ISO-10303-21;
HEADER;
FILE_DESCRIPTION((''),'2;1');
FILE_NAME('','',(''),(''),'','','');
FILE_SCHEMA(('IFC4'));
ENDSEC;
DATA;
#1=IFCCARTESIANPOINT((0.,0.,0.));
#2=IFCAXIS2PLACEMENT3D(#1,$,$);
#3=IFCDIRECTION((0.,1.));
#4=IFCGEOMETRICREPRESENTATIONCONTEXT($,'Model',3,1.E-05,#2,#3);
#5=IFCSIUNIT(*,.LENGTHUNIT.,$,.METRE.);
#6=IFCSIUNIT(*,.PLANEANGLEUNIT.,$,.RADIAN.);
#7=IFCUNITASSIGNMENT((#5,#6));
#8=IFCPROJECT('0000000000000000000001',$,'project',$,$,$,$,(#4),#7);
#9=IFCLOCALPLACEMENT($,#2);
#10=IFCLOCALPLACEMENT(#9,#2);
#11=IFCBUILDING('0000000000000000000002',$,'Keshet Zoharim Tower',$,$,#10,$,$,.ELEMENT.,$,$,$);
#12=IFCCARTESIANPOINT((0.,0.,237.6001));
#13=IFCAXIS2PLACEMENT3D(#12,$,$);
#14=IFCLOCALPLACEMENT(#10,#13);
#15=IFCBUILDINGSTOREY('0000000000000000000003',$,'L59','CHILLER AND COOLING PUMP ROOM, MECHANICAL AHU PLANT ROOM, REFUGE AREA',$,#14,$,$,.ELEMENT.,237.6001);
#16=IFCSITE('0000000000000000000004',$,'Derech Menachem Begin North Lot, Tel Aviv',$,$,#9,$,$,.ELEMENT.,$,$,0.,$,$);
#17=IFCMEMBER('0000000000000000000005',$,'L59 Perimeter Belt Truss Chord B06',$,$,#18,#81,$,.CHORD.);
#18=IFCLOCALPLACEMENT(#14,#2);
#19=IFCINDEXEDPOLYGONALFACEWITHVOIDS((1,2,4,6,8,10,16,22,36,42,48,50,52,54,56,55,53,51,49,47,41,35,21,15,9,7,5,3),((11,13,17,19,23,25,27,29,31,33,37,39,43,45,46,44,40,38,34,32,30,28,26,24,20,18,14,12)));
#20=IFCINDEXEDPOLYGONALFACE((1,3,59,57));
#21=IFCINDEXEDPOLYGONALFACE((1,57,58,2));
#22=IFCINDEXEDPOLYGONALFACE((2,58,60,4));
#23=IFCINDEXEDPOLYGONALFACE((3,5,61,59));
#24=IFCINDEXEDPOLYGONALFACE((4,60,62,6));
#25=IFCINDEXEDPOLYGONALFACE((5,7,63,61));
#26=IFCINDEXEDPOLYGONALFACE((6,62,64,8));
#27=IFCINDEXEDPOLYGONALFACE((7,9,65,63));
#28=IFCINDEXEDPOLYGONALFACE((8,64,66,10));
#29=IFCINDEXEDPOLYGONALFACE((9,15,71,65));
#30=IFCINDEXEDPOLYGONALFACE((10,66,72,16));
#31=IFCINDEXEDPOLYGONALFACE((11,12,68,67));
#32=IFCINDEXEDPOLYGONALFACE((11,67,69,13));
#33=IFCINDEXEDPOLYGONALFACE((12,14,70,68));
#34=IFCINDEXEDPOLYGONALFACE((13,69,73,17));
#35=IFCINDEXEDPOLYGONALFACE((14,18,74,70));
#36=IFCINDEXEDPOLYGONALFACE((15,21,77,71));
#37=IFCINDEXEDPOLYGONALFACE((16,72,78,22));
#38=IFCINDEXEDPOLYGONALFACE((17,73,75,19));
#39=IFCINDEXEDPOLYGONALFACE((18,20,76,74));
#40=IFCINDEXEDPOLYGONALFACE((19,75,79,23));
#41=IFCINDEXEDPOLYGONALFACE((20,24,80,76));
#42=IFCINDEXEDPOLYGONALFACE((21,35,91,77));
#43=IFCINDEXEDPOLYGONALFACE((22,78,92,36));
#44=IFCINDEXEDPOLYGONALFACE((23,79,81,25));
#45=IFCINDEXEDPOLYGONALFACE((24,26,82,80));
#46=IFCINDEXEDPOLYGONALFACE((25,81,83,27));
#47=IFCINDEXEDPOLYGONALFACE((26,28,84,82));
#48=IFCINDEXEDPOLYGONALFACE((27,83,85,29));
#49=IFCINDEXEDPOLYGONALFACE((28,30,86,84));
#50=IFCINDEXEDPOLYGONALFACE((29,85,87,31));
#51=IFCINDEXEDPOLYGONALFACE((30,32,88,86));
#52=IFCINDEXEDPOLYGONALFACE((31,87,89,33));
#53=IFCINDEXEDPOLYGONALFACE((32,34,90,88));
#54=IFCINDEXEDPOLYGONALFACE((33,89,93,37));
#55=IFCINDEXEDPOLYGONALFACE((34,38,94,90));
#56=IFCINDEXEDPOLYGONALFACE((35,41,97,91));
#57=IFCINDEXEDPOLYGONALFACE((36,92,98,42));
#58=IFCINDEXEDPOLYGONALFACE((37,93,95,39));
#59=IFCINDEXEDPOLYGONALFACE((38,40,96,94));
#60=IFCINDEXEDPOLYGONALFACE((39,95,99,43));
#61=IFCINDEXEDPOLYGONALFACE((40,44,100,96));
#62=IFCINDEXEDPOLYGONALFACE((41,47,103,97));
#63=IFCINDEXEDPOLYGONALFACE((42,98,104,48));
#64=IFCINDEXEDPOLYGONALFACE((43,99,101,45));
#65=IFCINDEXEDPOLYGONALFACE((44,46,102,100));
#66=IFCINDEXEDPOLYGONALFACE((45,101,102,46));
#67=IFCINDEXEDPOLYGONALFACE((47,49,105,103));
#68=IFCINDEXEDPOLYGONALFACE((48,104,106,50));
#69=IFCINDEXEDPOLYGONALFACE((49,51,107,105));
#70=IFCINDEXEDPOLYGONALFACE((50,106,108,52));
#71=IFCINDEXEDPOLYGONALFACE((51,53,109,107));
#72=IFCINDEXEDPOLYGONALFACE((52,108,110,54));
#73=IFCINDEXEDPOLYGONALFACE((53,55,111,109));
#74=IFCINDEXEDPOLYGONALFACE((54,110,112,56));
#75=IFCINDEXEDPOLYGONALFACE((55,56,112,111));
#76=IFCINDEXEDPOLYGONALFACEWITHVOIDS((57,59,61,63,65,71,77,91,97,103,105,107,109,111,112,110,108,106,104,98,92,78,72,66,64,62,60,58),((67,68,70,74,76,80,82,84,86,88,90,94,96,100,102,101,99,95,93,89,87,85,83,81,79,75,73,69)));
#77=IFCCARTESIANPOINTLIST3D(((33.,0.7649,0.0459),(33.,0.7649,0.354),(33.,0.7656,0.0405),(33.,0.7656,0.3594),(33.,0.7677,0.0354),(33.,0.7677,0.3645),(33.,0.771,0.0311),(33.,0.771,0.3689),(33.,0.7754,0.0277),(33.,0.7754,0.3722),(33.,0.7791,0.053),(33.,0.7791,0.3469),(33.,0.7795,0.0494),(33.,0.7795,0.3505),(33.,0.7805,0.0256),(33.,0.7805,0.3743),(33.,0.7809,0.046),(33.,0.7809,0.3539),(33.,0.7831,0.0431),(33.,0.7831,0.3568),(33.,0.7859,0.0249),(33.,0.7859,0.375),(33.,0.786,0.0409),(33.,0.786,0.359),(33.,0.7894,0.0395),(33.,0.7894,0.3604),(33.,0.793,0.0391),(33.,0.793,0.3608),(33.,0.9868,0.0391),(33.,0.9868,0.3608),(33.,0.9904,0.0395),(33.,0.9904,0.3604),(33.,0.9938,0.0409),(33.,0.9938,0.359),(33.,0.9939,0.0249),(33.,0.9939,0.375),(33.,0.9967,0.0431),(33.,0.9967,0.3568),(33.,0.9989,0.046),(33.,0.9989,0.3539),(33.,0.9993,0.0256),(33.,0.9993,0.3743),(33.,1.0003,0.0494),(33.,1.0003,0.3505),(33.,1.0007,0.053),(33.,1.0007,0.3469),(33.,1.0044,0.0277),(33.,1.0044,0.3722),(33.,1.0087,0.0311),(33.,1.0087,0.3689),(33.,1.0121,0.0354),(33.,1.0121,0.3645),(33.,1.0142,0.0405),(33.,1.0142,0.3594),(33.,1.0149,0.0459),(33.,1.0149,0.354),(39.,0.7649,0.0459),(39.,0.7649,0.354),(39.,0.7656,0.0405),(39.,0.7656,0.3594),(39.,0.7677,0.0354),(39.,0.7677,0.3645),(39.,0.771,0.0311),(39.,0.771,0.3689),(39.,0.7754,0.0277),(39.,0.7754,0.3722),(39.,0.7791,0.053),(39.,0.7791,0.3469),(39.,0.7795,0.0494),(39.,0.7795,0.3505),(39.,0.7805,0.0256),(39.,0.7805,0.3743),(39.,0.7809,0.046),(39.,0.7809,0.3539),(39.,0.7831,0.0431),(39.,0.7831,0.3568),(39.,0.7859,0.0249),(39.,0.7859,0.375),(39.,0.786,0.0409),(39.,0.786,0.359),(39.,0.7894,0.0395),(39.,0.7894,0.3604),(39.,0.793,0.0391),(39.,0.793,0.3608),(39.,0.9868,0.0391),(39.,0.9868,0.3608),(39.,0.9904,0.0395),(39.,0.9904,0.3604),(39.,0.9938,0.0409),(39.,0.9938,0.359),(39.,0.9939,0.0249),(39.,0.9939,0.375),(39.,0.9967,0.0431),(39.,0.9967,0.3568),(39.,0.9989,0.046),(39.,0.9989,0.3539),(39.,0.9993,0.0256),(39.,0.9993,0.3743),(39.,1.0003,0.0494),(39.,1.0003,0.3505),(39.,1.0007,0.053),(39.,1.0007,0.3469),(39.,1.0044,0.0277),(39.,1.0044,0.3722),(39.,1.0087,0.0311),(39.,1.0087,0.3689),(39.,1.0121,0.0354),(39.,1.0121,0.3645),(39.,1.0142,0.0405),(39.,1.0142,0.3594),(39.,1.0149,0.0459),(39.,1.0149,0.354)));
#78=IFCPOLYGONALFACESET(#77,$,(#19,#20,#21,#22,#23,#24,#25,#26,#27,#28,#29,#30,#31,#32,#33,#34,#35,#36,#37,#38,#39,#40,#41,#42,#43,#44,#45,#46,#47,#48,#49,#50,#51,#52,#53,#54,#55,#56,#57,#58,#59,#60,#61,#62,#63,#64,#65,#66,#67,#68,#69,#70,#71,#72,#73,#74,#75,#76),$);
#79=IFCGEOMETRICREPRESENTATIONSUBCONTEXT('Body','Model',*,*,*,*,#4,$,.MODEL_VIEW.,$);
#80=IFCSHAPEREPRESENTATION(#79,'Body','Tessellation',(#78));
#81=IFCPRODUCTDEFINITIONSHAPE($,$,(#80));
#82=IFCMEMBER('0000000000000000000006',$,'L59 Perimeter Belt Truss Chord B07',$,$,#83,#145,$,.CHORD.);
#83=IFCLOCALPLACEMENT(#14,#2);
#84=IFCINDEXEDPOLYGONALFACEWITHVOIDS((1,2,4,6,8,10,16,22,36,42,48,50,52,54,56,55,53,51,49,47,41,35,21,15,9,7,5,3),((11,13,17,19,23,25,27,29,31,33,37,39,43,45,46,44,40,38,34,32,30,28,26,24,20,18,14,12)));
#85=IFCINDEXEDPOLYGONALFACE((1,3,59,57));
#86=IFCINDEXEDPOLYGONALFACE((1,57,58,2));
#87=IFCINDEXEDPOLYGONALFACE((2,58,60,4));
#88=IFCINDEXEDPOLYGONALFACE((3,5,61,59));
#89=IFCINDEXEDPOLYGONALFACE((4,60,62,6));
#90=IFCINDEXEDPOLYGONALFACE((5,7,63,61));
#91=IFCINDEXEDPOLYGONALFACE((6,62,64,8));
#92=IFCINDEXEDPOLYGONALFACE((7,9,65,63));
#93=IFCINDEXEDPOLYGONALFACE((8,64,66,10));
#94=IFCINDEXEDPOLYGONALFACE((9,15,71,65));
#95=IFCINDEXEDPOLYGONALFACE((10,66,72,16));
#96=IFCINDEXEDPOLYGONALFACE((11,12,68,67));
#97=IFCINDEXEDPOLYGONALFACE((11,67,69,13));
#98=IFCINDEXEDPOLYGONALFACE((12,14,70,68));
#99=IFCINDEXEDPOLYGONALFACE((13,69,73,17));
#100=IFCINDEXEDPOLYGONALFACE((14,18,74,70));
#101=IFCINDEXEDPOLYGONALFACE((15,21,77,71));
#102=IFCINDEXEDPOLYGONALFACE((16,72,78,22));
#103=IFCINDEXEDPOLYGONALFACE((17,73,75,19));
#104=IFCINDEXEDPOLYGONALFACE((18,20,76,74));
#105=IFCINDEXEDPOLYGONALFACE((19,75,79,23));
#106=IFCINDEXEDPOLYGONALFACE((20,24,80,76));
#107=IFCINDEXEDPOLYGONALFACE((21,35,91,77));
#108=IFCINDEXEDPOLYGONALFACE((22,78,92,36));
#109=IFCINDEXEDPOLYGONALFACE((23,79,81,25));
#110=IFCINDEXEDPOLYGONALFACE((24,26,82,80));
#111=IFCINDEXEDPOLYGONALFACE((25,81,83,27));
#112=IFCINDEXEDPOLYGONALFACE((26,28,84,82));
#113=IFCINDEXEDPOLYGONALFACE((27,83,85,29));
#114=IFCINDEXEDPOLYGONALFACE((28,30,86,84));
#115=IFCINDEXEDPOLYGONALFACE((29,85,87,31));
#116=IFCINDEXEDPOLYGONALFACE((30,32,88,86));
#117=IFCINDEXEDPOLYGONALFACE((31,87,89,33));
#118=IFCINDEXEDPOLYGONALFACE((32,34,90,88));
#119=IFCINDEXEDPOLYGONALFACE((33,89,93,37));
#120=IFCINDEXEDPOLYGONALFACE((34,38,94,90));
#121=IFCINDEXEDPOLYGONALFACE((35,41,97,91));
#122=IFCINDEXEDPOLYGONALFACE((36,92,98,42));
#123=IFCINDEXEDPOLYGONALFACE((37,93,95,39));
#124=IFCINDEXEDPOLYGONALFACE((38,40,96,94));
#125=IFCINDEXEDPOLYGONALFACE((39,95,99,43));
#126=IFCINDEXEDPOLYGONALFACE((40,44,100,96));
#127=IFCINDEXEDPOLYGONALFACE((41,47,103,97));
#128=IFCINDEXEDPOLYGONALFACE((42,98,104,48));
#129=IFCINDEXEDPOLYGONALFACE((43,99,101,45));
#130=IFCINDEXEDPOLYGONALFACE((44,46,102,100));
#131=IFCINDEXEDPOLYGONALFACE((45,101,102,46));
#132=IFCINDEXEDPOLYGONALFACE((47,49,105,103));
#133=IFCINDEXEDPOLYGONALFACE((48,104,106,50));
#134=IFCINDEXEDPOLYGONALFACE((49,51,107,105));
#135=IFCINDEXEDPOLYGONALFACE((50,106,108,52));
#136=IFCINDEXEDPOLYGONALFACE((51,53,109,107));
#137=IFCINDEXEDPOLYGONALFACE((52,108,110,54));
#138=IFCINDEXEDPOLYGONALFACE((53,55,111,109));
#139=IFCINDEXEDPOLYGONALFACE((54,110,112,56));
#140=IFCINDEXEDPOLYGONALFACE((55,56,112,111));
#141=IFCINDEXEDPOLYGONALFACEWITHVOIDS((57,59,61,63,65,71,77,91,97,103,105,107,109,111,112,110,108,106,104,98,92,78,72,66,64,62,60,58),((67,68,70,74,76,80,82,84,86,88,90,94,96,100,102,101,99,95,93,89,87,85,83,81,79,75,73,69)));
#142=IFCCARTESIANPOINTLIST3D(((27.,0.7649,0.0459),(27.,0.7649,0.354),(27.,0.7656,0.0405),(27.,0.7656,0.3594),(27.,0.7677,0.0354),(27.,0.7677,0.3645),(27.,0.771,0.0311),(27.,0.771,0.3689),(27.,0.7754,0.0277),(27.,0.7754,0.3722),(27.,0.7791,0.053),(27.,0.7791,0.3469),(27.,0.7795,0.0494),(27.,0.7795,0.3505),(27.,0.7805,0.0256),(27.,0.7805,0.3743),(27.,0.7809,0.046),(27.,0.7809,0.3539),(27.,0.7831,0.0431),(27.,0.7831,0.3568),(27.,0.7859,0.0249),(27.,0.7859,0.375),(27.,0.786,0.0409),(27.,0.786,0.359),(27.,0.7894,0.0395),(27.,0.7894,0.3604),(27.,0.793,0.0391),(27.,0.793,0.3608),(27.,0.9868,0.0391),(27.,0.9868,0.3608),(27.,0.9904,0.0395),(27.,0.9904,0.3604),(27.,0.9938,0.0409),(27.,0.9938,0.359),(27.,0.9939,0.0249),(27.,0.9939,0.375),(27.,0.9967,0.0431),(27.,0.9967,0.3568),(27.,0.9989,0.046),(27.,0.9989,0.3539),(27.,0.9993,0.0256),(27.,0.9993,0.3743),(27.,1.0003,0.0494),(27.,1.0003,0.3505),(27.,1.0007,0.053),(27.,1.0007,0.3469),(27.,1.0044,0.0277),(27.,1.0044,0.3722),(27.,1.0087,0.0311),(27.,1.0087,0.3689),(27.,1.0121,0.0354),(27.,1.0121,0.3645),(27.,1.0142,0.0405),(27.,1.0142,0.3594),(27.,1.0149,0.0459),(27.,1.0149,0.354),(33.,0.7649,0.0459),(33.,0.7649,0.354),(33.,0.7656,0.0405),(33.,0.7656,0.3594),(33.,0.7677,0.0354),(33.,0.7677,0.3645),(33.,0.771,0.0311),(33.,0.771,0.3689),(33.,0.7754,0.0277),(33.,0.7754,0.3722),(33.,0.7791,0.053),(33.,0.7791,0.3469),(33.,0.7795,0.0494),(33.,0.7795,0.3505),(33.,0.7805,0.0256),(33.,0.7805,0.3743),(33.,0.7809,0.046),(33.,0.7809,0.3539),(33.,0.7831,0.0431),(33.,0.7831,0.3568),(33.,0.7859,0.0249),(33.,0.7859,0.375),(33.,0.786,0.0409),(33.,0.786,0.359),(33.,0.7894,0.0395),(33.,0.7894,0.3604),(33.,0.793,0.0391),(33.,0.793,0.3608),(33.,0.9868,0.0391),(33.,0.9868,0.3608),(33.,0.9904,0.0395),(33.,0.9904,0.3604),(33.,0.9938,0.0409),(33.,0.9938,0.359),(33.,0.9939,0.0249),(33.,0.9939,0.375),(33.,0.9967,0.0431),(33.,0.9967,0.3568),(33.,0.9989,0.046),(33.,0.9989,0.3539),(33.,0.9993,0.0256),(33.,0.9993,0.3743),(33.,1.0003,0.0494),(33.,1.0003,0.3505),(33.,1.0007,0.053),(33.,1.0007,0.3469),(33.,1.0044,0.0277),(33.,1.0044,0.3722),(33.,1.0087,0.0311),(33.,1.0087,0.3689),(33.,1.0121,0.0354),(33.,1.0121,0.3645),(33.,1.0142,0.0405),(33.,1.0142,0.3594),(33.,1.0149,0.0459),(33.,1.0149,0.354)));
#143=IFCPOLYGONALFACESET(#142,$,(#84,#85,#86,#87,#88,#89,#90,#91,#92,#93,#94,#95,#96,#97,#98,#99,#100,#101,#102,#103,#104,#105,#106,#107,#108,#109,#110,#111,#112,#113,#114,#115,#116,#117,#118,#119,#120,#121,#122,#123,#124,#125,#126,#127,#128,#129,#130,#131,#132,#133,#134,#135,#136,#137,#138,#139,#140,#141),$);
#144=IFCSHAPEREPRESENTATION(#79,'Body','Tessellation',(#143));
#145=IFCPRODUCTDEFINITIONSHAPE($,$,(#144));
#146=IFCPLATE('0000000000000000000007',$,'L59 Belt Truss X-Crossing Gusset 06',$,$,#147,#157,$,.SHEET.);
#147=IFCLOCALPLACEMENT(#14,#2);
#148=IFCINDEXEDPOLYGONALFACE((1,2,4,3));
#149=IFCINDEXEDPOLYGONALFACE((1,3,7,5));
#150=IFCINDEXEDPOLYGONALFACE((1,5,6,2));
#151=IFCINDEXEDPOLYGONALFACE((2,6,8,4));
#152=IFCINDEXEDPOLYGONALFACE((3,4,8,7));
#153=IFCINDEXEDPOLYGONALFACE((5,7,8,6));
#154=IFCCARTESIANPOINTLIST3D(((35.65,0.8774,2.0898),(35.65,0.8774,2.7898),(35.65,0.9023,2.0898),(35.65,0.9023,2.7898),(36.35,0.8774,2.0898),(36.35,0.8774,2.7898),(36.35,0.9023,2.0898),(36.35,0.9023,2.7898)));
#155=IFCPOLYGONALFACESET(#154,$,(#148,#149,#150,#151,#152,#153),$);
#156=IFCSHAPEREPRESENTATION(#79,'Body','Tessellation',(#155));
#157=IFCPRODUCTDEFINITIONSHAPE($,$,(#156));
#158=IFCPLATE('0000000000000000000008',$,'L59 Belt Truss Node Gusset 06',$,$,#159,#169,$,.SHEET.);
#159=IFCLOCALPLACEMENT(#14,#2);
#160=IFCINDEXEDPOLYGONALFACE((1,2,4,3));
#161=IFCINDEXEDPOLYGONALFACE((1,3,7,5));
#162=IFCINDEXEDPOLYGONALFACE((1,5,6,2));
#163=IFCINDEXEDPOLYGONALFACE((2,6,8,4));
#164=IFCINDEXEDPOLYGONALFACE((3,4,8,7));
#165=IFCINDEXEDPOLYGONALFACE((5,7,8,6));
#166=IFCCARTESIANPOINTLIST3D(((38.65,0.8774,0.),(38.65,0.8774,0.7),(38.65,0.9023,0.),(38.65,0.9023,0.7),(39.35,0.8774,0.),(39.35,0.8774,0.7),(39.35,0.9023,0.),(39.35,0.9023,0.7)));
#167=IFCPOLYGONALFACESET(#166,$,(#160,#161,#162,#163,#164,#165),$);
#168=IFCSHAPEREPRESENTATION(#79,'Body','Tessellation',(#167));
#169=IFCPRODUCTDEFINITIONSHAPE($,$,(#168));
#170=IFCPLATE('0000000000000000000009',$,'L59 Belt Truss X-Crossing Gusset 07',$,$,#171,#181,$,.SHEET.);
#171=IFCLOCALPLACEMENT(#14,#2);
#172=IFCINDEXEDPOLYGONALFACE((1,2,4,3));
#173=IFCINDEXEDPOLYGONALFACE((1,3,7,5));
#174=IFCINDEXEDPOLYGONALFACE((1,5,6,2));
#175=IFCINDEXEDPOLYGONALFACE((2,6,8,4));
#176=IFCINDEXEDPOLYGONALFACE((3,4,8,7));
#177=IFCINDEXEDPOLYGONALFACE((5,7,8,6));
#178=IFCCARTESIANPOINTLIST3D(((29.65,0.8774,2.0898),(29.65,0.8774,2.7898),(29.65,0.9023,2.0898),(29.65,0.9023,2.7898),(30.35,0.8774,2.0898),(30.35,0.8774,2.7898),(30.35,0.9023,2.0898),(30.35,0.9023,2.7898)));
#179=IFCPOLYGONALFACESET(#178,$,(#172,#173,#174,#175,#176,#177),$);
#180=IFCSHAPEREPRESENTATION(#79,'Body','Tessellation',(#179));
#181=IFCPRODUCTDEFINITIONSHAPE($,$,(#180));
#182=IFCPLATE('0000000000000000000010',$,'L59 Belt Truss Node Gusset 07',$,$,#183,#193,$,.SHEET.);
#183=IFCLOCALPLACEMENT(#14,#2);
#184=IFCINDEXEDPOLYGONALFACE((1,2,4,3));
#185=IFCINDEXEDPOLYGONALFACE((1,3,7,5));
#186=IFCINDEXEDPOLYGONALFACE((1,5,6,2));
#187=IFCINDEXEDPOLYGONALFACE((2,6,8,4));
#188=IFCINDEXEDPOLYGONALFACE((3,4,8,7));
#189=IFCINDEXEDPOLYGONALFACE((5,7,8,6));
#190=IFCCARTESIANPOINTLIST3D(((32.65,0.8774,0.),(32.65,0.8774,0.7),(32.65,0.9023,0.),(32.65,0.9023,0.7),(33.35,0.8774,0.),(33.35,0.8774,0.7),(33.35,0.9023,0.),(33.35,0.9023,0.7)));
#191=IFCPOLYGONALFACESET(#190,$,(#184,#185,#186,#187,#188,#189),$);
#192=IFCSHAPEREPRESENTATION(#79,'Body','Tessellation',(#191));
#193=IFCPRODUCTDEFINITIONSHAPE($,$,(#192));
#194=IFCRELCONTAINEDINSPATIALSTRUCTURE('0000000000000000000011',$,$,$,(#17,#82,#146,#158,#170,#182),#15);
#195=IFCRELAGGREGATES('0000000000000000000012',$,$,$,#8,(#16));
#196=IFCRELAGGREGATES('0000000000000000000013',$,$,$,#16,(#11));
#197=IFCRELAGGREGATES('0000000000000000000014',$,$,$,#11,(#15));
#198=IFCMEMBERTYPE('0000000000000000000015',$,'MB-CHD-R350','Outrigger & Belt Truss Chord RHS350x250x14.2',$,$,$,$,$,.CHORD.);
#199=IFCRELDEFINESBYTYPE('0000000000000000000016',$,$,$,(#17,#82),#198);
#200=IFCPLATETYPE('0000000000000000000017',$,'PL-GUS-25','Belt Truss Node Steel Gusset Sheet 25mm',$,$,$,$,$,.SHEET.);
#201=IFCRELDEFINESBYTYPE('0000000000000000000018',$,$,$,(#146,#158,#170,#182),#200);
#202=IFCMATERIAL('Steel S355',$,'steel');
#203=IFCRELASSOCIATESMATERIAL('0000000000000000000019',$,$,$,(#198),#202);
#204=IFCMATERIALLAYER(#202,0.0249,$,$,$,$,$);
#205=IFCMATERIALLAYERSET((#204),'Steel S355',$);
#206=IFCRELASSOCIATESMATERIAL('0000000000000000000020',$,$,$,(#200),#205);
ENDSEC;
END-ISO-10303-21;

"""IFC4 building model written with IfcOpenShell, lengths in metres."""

from ifc_helpers import new_model, si_unit, direction, frame, origin, origin_2d, place, context, subcontext, project, spatial, rectangle, hollow_rectangle, extrude, material, layer, layer_set, material_profile, profile_set, type_object, element, save


model = new_model("IFC4")

# Units and contexts
model_context = context("Model", 3, precision=1e-05, world=origin(), true_north=direction((0.0, 1.0)))
body_context = subcontext(model_context, "Body", "Model", "MODEL_VIEW")
ifc_project = project(units=[si_unit("LENGTHUNIT", "METRE"), si_unit("PLANEANGLEUNIT", "RADIAN")], contexts=[model_context])

# Site, building, storey
site_placement = place(None, origin())
site = spatial("IfcSite", under=ifc_project, at=site_placement, Name="Derech Menachem Begin North Lot, Tel Aviv", CompositionType="ELEMENT", RefElevation=0.0)
building_placement = place(site_placement, origin())
building = spatial("IfcBuilding", under=site, at=building_placement, Name="Keshet Zoharim Tower", CompositionType="ELEMENT")
storey_placement = place(building_placement, frame((0.0, 0.0, 237.6001)))
storey = spatial("IfcBuildingStorey", under=building, at=storey_placement, Name="L59", Description="CHILLER AND COOLING PUMP ROOM, MECHANICAL AHU PLANT ROOM, REFUGE AREA", CompositionType="ELEMENT", Elevation=237.6001)

# Shared definitions
ifc_material_1 = material(Name="Steel S355", Category="steel")

# Members
ifc_material_profile_1 = material_profile(ifc_material_1, hollow_rectangle(XDim=0.25, YDim=0.3501, WallThickness=0.0142, InnerFilletRadius=0.0139, OuterFilletRadius=0.021, at=origin_2d()), Name="RHS350x250x14.2")
ifc_profile_set_1 = profile_set([ifc_material_profile_1], Name="Steel S355")
member_type_1 = type_object("IfcMemberType", Name="MB-CHD-R350", Description="Outrigger & Belt Truss Chord RHS350x250x14.2", PredefinedType="CHORD", material=ifc_profile_set_1)
for number, where, z_axis, x_axis, name in (
    (1, (39.0, 0.8899, 0.2), (-1.0, 0.0, 0.0), (0.0, -1.0, 0.0), "L59 Perimeter Belt Truss Chord B06"),
    (2, (33.0, 0.8899, 0.2), (-1.0, 0.0, 0.0), (0.0, -1.0, 0.0), "L59 Perimeter Belt Truss Chord B07"),
):
    element("IfcMember", number, at=place(storey_placement, frame(where, z_axis=z_axis, x_axis=x_axis)), inside=storey, type_object=member_type_1, Name=name, PredefinedType="CHORD", context=body_context, shape_type="SweptSolid", body=[
        extrude(hollow_rectangle(XDim=0.25, YDim=0.3501, WallThickness=0.0142, InnerFilletRadius=0.0139, OuterFilletRadius=0.021, at=origin_2d()), origin(), (0.0, 0.0, 1.0), 6.0),
    ])

# Plates
ifc_layer = layer(ifc_material_1, 0.0249)
ifc_layer_set = layer_set([ifc_layer], Name="Steel S355")
plate_type = type_object("IfcPlateType", Name="PL-GUS-25", Description="Belt Truss Node Steel Gusset Sheet 25mm", PredefinedType="SHEET", material=ifc_layer_set)
for number, where, z_axis, x_axis, name in (
    (3, (36.0, 0.8899, 2.0898), (0.0, 0.0, 1.0), (-1.0, 0.0, 0.0), "L59 Belt Truss X-Crossing Gusset 06"),
    (4, (39.0, 0.8899, 0.0), (0.0, 0.0, 1.0), (-1.0, 0.0, 0.0), "L59 Belt Truss Node Gusset 06"),
    (5, (30.0, 0.8899, 2.0898), (0.0, 0.0, 1.0), (-1.0, 0.0, 0.0), "L59 Belt Truss X-Crossing Gusset 07"),
    (6, (33.0, 0.8899, 0.0), (0.0, 0.0, 1.0), (-1.0, 0.0, 0.0), "L59 Belt Truss Node Gusset 07"),
):
    element("IfcPlate", number, at=place(storey_placement, frame(where, z_axis=z_axis, x_axis=x_axis)), inside=storey, type_object=plate_type, Name=name, PredefinedType="SHEET", context=body_context, shape_type="SweptSolid", body=[
        extrude(rectangle(XDim=0.7, YDim=0.0249, at=origin_2d()), origin(), (0.0, 0.0, 1.0), 0.7),
    ])

save(model, "model.ifc")
